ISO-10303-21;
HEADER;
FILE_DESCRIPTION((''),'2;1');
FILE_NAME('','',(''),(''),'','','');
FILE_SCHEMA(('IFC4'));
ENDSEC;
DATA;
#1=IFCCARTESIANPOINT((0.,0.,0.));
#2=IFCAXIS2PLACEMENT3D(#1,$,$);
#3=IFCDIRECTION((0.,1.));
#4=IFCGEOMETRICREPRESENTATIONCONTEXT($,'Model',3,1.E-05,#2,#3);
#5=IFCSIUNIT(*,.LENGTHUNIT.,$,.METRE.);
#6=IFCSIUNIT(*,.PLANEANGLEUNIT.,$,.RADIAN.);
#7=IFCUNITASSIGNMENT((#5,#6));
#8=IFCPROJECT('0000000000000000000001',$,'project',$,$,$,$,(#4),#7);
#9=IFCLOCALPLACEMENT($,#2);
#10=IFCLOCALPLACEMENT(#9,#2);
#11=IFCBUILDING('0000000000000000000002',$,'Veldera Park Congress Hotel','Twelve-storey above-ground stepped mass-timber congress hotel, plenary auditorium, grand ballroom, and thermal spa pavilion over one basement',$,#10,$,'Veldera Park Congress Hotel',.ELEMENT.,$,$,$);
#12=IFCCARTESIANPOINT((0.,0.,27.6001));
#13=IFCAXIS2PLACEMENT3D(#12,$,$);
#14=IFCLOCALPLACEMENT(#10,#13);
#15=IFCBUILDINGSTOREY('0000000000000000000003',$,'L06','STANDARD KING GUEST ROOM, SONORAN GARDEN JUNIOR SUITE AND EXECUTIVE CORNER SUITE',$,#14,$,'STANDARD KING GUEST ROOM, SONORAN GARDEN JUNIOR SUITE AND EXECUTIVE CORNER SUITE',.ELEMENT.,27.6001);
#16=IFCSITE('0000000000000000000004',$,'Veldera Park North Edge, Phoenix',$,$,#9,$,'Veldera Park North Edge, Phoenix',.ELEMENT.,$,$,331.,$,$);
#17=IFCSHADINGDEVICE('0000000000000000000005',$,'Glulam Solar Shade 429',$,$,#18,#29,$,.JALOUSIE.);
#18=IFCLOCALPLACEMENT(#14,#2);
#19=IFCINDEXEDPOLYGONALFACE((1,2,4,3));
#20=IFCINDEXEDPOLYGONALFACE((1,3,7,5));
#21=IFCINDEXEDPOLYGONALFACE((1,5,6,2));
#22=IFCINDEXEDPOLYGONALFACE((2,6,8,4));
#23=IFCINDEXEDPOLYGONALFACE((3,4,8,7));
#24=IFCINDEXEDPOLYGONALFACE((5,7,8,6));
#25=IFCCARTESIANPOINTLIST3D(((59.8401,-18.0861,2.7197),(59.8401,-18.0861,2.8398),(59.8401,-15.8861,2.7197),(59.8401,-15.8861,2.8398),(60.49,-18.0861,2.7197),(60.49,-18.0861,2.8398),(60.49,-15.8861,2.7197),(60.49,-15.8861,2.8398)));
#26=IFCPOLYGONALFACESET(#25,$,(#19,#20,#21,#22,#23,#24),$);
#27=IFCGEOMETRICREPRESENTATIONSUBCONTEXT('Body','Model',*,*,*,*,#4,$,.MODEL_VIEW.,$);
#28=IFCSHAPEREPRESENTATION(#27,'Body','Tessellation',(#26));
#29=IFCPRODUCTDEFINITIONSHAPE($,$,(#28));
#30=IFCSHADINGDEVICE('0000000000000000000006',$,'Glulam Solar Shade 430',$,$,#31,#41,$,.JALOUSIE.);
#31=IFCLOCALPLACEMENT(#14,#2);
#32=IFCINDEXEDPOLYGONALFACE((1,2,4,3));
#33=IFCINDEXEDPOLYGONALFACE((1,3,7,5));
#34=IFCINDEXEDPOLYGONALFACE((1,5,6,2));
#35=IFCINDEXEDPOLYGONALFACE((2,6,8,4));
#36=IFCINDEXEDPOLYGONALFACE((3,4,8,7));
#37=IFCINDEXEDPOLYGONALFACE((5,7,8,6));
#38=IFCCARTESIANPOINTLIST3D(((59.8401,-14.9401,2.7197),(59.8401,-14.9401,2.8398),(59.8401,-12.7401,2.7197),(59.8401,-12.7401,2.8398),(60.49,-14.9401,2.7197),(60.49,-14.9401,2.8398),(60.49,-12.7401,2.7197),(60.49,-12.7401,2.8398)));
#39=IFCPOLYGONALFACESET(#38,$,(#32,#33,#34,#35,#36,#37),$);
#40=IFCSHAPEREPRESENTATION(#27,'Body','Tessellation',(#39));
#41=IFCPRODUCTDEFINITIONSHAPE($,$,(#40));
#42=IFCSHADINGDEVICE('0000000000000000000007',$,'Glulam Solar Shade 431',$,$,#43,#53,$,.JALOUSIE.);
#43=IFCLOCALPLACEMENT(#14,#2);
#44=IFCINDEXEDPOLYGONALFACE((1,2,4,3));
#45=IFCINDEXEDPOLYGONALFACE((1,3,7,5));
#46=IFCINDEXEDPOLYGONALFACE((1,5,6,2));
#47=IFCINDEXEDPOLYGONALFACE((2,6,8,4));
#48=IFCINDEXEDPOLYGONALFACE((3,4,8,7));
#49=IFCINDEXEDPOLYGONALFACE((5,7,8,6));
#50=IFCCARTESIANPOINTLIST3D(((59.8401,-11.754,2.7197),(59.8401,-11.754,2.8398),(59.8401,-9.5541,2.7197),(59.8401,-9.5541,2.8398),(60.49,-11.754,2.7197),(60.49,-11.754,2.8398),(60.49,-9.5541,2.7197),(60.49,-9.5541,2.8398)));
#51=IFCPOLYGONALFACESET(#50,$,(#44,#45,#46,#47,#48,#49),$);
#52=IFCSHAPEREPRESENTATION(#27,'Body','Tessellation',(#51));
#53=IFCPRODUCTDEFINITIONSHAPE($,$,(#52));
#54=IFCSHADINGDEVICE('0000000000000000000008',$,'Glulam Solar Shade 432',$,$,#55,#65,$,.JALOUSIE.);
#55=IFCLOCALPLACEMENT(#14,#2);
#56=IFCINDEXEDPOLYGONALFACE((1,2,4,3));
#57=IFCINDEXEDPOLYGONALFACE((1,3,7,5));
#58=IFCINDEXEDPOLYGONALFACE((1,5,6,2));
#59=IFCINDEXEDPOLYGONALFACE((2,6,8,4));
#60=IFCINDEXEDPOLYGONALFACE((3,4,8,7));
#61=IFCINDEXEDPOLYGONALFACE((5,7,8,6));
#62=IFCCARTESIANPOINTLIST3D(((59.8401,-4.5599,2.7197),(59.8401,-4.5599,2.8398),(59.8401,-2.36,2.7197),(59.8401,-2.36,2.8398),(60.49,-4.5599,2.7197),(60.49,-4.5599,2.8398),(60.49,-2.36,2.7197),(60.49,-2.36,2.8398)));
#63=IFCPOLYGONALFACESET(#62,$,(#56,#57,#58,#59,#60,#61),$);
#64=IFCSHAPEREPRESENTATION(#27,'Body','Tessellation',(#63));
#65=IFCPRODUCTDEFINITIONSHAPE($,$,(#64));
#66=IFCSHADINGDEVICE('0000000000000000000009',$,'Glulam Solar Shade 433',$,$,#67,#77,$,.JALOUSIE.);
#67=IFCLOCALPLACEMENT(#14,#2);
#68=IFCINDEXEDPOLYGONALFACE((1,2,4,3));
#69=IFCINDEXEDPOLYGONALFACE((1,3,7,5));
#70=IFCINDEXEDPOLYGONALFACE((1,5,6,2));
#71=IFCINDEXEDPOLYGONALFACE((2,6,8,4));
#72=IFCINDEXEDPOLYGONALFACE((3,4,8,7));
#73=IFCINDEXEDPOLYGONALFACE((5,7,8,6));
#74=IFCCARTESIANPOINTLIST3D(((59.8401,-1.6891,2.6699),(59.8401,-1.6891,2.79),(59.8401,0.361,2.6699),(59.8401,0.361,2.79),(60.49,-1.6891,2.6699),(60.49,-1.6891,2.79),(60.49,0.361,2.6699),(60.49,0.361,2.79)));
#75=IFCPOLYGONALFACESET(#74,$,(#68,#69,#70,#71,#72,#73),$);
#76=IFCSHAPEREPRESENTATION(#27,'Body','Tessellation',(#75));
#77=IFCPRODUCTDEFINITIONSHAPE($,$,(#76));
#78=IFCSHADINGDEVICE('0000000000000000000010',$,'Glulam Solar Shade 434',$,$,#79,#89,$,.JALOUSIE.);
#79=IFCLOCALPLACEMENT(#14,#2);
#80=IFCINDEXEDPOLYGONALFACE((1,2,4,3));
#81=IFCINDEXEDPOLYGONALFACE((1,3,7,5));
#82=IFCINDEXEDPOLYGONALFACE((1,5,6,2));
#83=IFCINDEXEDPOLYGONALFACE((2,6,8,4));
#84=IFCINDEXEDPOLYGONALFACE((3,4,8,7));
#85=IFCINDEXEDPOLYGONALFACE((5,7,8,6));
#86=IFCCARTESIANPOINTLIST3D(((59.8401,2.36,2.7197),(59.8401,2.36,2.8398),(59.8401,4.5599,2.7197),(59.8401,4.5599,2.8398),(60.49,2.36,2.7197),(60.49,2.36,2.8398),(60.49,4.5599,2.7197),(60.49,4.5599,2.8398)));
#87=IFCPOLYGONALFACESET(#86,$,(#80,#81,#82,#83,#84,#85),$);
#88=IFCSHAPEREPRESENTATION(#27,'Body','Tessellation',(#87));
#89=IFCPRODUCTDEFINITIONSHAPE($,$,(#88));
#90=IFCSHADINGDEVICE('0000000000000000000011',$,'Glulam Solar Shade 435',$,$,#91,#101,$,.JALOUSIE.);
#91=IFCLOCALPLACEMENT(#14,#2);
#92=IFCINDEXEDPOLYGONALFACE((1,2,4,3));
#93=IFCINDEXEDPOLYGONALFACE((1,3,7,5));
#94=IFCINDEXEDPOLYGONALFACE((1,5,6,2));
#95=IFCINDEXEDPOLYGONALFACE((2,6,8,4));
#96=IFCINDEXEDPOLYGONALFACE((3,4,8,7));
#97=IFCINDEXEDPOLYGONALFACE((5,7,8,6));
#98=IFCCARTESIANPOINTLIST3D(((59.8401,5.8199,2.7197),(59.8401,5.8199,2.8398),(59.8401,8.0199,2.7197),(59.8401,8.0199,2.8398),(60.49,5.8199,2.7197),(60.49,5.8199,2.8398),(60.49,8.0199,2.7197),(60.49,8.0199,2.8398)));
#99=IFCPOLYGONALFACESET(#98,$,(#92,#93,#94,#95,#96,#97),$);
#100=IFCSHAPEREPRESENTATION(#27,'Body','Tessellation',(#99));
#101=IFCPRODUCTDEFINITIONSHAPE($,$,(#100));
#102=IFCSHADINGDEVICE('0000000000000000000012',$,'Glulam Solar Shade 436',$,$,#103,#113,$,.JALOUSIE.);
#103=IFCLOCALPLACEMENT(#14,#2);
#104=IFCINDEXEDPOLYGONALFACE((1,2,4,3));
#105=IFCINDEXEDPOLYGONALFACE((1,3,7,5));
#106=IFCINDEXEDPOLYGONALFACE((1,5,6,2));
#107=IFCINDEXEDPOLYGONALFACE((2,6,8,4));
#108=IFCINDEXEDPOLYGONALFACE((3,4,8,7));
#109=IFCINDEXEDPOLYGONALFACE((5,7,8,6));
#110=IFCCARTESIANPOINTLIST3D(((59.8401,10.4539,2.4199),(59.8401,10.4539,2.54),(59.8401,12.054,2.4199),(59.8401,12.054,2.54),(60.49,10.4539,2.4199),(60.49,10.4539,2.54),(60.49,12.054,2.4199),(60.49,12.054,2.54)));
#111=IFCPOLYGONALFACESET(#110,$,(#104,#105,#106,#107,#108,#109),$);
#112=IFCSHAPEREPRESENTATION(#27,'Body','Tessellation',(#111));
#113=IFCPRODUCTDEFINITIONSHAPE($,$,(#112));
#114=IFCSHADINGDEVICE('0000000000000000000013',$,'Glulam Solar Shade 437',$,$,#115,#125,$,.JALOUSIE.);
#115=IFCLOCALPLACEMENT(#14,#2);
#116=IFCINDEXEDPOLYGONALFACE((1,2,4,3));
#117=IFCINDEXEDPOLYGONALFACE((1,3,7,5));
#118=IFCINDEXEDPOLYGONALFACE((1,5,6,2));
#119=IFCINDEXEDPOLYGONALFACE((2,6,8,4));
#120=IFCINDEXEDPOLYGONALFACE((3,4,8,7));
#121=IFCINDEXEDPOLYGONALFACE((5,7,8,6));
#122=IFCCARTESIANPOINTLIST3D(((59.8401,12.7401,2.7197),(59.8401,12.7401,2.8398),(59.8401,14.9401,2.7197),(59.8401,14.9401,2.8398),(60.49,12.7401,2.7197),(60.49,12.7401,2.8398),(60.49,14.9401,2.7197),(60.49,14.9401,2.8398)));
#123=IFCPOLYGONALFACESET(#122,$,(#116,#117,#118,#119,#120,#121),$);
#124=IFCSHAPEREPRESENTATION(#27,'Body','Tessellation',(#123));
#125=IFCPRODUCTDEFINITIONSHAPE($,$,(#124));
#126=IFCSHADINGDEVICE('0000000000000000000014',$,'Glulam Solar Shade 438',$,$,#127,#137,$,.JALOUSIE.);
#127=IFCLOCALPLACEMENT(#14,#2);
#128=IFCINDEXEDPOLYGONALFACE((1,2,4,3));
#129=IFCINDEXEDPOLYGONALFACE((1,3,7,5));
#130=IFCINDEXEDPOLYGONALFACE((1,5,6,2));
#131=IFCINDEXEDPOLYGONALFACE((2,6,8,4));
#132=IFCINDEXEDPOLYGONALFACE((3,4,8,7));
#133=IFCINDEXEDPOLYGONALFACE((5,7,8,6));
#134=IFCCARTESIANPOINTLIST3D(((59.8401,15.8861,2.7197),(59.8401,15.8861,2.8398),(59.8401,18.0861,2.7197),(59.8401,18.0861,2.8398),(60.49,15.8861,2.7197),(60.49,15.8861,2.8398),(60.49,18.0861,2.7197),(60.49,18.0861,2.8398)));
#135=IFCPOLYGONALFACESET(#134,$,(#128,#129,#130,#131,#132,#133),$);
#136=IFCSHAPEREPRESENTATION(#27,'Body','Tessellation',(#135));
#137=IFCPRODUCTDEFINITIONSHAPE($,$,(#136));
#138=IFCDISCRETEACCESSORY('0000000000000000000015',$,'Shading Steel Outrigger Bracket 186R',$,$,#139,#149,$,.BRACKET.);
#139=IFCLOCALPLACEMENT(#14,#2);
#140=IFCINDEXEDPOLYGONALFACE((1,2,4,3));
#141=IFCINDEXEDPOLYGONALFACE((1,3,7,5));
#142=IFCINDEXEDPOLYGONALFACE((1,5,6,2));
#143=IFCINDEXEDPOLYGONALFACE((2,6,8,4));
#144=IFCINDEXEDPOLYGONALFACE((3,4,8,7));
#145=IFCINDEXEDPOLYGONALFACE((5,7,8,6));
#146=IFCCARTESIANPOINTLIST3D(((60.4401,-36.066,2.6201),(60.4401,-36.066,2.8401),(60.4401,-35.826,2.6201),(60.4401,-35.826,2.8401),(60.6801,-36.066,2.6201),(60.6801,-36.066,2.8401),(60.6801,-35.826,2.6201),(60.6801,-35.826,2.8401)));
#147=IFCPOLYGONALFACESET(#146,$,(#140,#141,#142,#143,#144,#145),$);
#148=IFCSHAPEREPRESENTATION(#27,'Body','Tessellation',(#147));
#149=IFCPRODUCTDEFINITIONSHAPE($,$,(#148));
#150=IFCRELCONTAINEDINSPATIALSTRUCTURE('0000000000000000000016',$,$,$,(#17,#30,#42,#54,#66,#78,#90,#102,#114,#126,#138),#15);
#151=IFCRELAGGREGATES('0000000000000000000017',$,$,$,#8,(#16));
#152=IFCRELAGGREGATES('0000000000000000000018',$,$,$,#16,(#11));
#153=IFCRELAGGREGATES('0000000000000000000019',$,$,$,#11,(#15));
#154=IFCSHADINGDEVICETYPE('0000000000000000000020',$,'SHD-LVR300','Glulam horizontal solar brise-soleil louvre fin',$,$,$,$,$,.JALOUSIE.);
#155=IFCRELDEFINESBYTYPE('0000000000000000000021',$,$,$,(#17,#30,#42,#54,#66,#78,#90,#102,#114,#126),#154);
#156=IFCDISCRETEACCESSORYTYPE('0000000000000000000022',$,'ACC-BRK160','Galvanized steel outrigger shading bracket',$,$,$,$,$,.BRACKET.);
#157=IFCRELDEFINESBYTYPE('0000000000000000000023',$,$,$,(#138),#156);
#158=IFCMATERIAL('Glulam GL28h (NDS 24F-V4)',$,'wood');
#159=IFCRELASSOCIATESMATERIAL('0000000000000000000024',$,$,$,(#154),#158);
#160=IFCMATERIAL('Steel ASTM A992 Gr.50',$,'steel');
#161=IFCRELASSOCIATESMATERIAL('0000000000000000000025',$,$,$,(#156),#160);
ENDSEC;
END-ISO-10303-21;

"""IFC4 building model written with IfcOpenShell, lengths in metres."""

from ifc_helpers import new_model, si_unit, direction, frame, origin, origin_2d, place, context, subcontext, project, spatial, rectangle, extrude, material, type_object, element, save


model = new_model("IFC4")

# Units and contexts
model_context = context("Model", 3, precision=1e-05, world=origin(), true_north=direction((0.0, 1.0)))
body_context = subcontext(model_context, "Body", "Model", "MODEL_VIEW")
ifc_project = project(units=[si_unit("LENGTHUNIT", "METRE"), si_unit("PLANEANGLEUNIT", "RADIAN")], contexts=[model_context])

# Site, building, storey
site_placement = place(None, origin())
site = spatial("IfcSite", under=ifc_project, at=site_placement, Name="Veldera Park North Edge, Phoenix", LongName="Veldera Park North Edge, Phoenix", CompositionType="ELEMENT", RefElevation=331.0)
building_placement = place(site_placement, origin())
building = spatial("IfcBuilding", under=site, at=building_placement, Name="Veldera Park Congress Hotel", Description="Twelve-storey above-ground stepped mass-timber congress hotel, plenary auditorium, grand ballroom, and thermal spa pavilion over one basement", LongName="Veldera Park Congress Hotel", CompositionType="ELEMENT")
storey_placement = place(building_placement, frame((0.0, 0.0, 27.6001)))
storey = spatial("IfcBuildingStorey", under=building, at=storey_placement, Name="L06", Description="STANDARD KING GUEST ROOM, SONORAN GARDEN JUNIOR SUITE AND EXECUTIVE CORNER SUITE", LongName="STANDARD KING GUEST ROOM, SONORAN GARDEN JUNIOR SUITE AND EXECUTIVE CORNER SUITE", CompositionType="ELEMENT", Elevation=27.6001)

# Shading devices
ifc_material_1 = material(Name="Glulam GL28h (NDS 24F-V4)", Category="wood")
shading_device_type = type_object("IfcShadingDeviceType", Name="SHD-LVR300", Description="Glulam horizontal solar brise-soleil louvre fin", PredefinedType="JALOUSIE", material=ifc_material_1)
for number, where, z_axis, x_axis, name in (
    (1, (60.165, -16.9861, 2.7197), (0.0, 0.0, 1.0), (0.0, -1.0, 0.0), "Glulam Solar Shade 429"),
    (2, (60.165, -13.8401, 2.7197), (0.0, 0.0, 1.0), (0.0, -1.0, 0.0), "Glulam Solar Shade 430"),
    (3, (60.165, -10.6541, 2.7197), (0.0, 0.0, 1.0), (0.0, -1.0, 0.0), "Glulam Solar Shade 431"),
    (4, (60.165, -3.46, 2.7197), (0.0, 0.0, 1.0), (0.0, -1.0, 0.0), "Glulam Solar Shade 432"),
):
    element("IfcShadingDevice", number, at=place(storey_placement, frame(where, z_axis=z_axis, x_axis=x_axis)), inside=storey, type_object=shading_device_type, Name=name, PredefinedType="JALOUSIE", context=body_context, shape_type="SweptSolid", body=[
        extrude(rectangle(XDim=2.2, YDim=0.6499, at=origin_2d()), origin(), (0.0, 0.0, 1.0), 0.1201),
    ])
shading_device_1_placement = place(storey_placement, frame((60.165, -0.6641, 2.6699), z_axis=(0.0, 0.0, 1.0), x_axis=(0.0, -1.0, 0.0)))
element("IfcShadingDevice", 5, at=shading_device_1_placement, inside=storey, type_object=shading_device_type, Name="Glulam Solar Shade 433", PredefinedType="JALOUSIE", context=body_context, shape_type="SweptSolid", body=[
    extrude(rectangle(XDim=2.05, YDim=0.6499, at=origin_2d()), origin(), (0.0, 0.0, 1.0), 0.1201),
])
for number, where, z_axis, x_axis, name in (
    (6, (60.165, 3.46, 2.7197), (0.0, 0.0, 1.0), (0.0, -1.0, 0.0), "Glulam Solar Shade 434"),
    (7, (60.165, 6.9199, 2.7197), (0.0, 0.0, 1.0), (0.0, -1.0, 0.0), "Glulam Solar Shade 435"),
):
    element("IfcShadingDevice", number, at=place(storey_placement, frame(where, z_axis=z_axis, x_axis=x_axis)), inside=storey, type_object=shading_device_type, Name=name, PredefinedType="JALOUSIE", context=body_context, shape_type="SweptSolid", body=[
        extrude(rectangle(XDim=2.2, YDim=0.6499, at=origin_2d()), origin(), (0.0, 0.0, 1.0), 0.1201),
    ])
shading_device_2_placement = place(storey_placement, frame((60.165, 11.2539, 2.4199), z_axis=(0.0, 0.0, 1.0), x_axis=(0.0, -1.0, 0.0)))
element("IfcShadingDevice", 8, at=shading_device_2_placement, inside=storey, type_object=shading_device_type, Name="Glulam Solar Shade 436", PredefinedType="JALOUSIE", context=body_context, shape_type="SweptSolid", body=[
    extrude(rectangle(XDim=1.6001, YDim=0.6499, at=origin_2d()), origin(), (0.0, 0.0, 1.0), 0.1201),
])
for number, where, z_axis, x_axis, name in (
    (9, (60.165, 13.8401, 2.7197), (0.0, 0.0, 1.0), (0.0, -1.0, 0.0), "Glulam Solar Shade 437"),
    (10, (60.165, 16.9861, 2.7197), (0.0, 0.0, 1.0), (0.0, -1.0, 0.0), "Glulam Solar Shade 438"),
):
    element("IfcShadingDevice", number, at=place(storey_placement, frame(where, z_axis=z_axis, x_axis=x_axis)), inside=storey, type_object=shading_device_type, Name=name, PredefinedType="JALOUSIE", context=body_context, shape_type="SweptSolid", body=[
        extrude(rectangle(XDim=2.2, YDim=0.6499, at=origin_2d()), origin(), (0.0, 0.0, 1.0), 0.1201),
    ])

# Discrete accessory
ifc_material_2 = material(Name="Steel ASTM A992 Gr.50", Category="steel")
discrete_accessory_type = type_object("IfcDiscreteAccessoryType", Name="ACC-BRK160", Description="Galvanized steel outrigger shading bracket", PredefinedType="BRACKET", material=ifc_material_2)
discrete_accessory_placement = place(storey_placement, frame((60.5601, -35.946, 2.6201), z_axis=(0.0, 0.0, 1.0), x_axis=(0.0, -1.0, 0.0)))
element("IfcDiscreteAccessory", 11, at=discrete_accessory_placement, inside=storey, type_object=discrete_accessory_type, Name="Shading Steel Outrigger Bracket 186R", PredefinedType="BRACKET", context=body_context, shape_type="SweptSolid", body=[
    extrude(rectangle(XDim=0.24, YDim=0.24, at=origin_2d()), origin(), (0.0, 0.0, 1.0), 0.22),
])

save(model, "model.ifc")
